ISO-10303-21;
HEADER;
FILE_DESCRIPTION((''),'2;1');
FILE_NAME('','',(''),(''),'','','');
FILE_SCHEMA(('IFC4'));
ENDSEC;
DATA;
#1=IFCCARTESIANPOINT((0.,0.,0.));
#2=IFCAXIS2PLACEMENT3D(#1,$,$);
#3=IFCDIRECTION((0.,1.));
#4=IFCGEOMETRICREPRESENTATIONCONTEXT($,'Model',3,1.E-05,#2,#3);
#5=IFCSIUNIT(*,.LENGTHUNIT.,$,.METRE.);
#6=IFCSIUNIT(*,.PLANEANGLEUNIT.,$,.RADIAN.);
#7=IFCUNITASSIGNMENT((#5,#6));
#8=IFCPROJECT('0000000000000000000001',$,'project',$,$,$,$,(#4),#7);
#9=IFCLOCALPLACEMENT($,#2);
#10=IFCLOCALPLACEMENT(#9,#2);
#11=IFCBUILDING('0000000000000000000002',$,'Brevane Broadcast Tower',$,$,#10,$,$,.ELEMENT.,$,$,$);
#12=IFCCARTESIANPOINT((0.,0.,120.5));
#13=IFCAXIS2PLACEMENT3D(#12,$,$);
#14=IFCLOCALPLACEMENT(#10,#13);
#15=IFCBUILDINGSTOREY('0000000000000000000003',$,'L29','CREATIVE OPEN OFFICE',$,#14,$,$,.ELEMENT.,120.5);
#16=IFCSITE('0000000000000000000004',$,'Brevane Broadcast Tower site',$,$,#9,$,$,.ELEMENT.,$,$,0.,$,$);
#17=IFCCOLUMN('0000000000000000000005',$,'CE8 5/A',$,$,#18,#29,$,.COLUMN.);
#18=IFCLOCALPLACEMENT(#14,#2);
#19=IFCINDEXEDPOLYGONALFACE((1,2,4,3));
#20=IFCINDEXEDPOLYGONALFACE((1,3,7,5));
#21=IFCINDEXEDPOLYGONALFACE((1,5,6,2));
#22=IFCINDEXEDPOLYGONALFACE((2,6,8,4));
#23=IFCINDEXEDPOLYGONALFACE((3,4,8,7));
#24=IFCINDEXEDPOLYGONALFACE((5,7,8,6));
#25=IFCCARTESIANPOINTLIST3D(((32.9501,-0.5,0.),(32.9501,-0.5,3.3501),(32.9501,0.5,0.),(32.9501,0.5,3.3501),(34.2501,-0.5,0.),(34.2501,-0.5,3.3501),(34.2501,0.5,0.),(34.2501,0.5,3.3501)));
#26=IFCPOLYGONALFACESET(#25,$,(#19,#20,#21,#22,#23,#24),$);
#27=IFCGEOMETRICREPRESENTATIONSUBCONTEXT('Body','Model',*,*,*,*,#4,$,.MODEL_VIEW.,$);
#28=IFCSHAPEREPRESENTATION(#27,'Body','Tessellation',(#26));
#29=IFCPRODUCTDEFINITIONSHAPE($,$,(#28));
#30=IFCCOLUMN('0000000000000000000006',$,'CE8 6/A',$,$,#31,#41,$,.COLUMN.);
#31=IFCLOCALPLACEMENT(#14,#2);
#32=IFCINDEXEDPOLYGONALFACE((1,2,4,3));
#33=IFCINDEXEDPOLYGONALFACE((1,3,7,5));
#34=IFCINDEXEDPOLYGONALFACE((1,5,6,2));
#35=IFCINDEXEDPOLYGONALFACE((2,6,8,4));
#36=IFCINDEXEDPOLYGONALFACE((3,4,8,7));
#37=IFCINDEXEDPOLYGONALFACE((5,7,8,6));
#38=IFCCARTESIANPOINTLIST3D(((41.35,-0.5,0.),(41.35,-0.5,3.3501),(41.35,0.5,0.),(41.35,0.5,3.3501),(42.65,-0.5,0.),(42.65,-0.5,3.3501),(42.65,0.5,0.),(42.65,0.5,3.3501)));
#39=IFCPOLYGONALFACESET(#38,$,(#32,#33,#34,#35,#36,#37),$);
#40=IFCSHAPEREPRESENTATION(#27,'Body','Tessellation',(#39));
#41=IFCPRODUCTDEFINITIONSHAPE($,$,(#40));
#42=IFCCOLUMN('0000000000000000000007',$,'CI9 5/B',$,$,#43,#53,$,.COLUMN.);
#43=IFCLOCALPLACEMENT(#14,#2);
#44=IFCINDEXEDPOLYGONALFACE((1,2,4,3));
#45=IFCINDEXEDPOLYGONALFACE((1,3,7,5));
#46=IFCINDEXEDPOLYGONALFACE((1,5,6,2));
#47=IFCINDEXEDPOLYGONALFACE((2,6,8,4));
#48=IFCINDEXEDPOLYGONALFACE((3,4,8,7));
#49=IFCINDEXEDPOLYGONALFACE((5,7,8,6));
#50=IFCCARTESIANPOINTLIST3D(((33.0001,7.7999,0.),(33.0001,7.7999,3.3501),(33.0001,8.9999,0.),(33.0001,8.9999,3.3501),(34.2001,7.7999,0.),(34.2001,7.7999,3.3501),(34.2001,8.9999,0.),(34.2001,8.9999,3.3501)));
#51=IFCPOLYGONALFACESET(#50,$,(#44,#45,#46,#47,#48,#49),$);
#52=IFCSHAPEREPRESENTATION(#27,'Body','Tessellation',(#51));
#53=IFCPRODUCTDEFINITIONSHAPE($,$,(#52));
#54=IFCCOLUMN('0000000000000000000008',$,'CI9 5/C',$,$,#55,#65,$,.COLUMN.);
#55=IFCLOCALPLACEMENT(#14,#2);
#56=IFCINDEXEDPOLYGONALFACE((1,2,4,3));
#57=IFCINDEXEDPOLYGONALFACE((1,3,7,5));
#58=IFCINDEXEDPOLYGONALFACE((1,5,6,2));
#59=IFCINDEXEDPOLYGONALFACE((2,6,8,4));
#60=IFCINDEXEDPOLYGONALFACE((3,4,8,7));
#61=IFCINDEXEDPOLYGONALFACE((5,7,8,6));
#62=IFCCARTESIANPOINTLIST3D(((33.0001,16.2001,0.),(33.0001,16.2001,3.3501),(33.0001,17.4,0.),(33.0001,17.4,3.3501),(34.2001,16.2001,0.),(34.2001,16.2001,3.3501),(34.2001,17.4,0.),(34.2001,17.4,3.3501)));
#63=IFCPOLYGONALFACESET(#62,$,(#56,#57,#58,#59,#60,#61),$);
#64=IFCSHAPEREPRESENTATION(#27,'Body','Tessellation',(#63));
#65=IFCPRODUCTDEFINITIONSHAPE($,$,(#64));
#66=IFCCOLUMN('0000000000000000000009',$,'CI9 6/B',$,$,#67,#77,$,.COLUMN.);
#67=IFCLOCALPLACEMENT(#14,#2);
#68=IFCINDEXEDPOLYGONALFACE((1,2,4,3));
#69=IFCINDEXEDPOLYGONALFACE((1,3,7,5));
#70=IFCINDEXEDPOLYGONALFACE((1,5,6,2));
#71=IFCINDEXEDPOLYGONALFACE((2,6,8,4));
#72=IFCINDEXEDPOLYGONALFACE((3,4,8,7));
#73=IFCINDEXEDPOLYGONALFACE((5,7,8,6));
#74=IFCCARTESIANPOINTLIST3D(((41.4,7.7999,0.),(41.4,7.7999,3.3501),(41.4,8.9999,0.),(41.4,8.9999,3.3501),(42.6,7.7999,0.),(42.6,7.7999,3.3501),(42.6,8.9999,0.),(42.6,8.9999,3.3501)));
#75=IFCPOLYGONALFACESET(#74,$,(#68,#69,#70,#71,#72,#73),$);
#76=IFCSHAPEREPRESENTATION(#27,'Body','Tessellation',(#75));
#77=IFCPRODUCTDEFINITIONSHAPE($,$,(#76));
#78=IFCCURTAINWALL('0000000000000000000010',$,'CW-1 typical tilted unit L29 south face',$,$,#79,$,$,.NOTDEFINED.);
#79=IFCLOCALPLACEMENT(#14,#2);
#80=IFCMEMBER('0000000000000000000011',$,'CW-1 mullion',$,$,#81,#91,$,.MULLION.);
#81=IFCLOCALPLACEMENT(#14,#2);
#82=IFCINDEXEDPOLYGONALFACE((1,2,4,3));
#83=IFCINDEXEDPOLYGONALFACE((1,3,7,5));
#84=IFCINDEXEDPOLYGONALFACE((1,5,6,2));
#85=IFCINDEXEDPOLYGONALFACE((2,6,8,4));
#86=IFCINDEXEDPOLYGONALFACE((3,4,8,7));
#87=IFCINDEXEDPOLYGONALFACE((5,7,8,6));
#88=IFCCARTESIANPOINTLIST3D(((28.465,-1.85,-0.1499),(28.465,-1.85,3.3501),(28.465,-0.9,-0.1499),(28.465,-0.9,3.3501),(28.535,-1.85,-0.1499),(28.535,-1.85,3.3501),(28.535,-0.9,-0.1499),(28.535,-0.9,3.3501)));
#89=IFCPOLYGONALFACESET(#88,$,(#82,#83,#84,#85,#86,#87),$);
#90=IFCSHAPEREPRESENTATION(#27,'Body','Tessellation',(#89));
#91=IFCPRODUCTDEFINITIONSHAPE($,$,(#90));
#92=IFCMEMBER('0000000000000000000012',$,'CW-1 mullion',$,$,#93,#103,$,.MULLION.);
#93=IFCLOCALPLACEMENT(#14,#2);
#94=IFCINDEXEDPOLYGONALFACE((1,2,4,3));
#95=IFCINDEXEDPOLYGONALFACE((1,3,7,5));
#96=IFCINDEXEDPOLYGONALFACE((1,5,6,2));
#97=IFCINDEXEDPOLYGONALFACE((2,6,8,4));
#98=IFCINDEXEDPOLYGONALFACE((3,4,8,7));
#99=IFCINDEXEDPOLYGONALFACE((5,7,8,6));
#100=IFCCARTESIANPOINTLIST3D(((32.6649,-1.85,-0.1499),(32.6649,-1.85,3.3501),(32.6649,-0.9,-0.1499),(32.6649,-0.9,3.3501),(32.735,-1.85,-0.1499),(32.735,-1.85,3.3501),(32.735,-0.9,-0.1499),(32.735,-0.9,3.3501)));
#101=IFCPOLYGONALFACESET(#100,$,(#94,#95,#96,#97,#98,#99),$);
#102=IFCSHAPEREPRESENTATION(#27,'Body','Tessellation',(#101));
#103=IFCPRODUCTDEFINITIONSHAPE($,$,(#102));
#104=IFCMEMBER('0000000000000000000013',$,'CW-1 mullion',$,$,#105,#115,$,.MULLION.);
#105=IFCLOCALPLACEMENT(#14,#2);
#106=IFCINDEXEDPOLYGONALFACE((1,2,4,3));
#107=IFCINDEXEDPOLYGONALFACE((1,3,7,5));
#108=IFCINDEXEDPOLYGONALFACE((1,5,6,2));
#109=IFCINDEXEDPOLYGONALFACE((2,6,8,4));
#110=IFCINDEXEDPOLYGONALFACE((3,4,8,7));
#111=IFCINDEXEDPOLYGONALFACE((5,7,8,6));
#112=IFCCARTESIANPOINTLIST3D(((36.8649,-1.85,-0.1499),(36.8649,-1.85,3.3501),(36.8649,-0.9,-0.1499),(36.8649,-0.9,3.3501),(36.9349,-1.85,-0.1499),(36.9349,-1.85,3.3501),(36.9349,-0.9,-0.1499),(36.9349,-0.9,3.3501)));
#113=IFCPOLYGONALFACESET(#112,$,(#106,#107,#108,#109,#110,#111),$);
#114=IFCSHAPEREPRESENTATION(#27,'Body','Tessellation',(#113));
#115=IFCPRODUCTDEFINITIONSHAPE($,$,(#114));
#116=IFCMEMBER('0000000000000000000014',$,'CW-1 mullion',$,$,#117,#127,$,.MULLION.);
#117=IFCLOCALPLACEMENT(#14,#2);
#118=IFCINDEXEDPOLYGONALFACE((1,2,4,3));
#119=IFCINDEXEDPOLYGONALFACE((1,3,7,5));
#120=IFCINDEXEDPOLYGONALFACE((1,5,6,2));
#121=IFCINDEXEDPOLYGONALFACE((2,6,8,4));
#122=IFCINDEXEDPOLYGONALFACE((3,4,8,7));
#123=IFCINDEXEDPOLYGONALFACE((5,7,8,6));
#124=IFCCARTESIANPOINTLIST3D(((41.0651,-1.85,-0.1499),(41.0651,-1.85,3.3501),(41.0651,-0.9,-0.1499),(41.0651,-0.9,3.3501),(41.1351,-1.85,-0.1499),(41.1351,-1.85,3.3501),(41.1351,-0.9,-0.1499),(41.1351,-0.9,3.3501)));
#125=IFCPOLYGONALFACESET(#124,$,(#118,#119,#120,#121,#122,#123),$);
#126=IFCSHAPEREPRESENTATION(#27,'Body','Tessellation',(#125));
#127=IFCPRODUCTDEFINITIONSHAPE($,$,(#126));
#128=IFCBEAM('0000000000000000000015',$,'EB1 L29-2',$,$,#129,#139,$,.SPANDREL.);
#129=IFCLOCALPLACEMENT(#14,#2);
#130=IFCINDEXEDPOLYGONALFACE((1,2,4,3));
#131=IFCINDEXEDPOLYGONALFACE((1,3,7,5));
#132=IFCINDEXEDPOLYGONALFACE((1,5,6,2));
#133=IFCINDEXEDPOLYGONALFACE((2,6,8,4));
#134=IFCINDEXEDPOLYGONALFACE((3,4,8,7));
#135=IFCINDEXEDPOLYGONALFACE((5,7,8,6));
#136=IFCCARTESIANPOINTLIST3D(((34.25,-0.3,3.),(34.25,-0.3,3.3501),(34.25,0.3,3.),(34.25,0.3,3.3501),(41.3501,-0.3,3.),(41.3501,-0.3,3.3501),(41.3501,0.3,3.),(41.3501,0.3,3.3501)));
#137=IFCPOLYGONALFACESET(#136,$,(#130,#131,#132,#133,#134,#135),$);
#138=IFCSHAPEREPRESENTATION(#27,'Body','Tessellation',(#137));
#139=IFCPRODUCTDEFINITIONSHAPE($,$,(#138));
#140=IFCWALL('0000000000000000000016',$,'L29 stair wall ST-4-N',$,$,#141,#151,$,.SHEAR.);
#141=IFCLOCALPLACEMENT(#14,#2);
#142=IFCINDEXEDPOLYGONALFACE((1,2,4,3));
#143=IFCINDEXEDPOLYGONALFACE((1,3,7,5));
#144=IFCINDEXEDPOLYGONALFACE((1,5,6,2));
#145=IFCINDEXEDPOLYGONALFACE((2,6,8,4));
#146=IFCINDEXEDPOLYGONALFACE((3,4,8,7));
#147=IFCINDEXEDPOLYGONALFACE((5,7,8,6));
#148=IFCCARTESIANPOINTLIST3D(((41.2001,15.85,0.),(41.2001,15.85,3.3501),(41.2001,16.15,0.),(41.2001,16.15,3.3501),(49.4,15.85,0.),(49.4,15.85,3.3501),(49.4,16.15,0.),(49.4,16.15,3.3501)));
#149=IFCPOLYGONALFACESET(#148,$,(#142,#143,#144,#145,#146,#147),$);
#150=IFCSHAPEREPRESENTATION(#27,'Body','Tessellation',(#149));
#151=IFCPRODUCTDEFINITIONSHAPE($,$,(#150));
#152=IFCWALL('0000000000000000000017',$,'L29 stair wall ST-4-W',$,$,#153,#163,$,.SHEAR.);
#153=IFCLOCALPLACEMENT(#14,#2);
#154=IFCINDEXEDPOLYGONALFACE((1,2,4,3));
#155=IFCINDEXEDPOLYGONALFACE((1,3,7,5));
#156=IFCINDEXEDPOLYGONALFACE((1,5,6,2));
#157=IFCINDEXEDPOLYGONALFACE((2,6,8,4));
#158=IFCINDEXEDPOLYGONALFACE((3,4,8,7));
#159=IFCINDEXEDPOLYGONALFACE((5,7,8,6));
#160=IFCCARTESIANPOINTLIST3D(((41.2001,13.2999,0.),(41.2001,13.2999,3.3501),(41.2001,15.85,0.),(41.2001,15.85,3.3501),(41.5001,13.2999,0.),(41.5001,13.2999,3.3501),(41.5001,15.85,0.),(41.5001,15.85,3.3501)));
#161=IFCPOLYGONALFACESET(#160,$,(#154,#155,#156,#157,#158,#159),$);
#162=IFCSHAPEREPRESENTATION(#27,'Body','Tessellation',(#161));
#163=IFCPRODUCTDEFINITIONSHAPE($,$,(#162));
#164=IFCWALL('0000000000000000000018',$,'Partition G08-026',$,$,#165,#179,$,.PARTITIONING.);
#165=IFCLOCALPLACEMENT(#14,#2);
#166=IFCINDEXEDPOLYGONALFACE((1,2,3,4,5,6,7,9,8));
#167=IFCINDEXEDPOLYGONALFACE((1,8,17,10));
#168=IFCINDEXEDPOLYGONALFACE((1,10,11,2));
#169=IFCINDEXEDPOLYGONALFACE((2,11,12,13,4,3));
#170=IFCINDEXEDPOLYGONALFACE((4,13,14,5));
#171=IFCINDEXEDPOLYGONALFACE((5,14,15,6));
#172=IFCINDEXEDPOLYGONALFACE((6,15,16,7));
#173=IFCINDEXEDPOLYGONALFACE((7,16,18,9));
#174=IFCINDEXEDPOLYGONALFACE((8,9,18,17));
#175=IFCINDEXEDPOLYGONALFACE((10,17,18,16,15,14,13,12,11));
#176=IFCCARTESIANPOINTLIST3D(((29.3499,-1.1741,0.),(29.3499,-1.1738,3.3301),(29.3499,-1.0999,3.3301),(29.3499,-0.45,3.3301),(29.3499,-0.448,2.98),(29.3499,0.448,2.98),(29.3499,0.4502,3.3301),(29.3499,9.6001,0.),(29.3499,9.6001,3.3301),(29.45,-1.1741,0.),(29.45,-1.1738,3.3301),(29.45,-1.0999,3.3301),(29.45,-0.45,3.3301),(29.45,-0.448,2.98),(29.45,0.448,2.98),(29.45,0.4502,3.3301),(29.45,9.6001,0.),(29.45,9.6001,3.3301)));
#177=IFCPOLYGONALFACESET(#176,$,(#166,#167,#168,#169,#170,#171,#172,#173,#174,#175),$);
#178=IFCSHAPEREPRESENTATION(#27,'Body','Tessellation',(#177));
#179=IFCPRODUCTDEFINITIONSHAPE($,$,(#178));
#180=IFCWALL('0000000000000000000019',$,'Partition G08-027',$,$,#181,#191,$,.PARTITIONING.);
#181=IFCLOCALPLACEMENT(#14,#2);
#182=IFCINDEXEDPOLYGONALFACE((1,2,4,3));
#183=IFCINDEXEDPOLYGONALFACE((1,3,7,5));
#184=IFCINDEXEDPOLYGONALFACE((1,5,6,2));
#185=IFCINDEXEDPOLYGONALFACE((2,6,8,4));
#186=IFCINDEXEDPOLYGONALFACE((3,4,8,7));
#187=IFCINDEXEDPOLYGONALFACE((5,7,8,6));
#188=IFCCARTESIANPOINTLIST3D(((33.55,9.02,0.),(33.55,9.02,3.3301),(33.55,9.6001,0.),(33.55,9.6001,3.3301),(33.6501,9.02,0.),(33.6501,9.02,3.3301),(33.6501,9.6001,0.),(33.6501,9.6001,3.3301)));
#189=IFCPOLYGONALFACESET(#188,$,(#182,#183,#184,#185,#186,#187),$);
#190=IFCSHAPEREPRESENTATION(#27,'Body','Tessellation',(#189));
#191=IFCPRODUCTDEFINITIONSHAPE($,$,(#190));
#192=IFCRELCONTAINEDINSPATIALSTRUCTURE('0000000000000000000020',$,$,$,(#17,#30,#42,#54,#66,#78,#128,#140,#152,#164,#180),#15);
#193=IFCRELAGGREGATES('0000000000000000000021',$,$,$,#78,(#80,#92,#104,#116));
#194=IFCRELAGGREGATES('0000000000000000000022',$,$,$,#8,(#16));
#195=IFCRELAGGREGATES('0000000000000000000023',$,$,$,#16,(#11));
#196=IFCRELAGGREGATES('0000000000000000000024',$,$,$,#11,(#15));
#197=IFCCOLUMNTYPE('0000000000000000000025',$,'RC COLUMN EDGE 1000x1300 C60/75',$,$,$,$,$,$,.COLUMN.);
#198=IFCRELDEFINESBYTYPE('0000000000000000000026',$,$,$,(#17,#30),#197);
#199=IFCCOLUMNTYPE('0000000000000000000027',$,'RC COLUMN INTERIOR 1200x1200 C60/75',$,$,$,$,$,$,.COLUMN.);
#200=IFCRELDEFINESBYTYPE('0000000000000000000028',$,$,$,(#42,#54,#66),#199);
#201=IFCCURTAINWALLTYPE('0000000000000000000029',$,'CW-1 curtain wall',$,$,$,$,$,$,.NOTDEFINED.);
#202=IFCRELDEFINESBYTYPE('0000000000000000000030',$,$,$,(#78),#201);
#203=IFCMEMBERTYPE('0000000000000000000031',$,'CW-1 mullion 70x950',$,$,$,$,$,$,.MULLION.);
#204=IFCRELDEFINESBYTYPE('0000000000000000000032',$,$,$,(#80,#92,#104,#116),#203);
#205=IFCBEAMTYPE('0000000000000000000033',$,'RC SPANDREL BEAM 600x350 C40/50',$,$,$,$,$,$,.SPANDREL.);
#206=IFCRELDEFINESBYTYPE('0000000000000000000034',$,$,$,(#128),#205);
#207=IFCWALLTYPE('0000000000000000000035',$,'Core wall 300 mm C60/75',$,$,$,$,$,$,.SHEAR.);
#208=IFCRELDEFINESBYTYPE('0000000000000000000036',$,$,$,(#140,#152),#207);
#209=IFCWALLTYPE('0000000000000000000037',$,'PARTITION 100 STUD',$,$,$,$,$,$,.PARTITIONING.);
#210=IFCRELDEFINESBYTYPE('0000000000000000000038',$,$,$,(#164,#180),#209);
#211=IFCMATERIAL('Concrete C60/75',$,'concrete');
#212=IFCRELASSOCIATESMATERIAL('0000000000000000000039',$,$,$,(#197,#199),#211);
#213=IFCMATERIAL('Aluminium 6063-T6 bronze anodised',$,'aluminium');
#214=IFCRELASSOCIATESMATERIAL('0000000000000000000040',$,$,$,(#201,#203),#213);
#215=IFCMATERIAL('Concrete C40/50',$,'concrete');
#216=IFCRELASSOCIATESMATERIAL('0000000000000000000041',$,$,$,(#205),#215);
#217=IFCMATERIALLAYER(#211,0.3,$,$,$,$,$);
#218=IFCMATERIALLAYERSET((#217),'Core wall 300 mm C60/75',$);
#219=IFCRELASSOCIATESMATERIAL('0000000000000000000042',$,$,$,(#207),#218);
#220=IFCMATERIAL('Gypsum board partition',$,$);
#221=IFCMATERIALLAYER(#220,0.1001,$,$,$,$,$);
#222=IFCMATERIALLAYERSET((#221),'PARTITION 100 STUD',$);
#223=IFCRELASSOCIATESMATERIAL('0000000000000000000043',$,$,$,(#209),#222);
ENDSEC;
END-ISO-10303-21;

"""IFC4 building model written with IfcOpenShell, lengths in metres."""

from ifc_helpers import new_model, si_unit, direction, frame, frame_2d, origin, origin_2d, place, context, subcontext, project, spatial, polyline, rectangle, outline, extrude, material, layer, layer_set, material_profile, profile_set, type_object, element, aggregate, save


model = new_model("IFC4")

# Units and contexts
model_context = context("Model", 3, precision=1e-05, world=origin(), true_north=direction((0.0, 1.0)))
body_context = subcontext(model_context, "Body", "Model", "MODEL_VIEW")
ifc_project = project(units=[si_unit("LENGTHUNIT", "METRE"), si_unit("PLANEANGLEUNIT", "RADIAN")], contexts=[model_context])

# Site, building, storey
site_placement = place(None, origin())
site = spatial("IfcSite", under=ifc_project, at=site_placement, Name="Brevane Broadcast Tower site", CompositionType="ELEMENT", RefElevation=0.0)
building_placement = place(site_placement, origin())
building = spatial("IfcBuilding", under=site, at=building_placement, Name="Brevane Broadcast Tower", CompositionType="ELEMENT")
storey_placement = place(building_placement, frame((0.0, 0.0, 120.5)))
storey = spatial("IfcBuildingStorey", under=building, at=storey_placement, Name="L29", Description="CREATIVE OPEN OFFICE", CompositionType="ELEMENT", Elevation=120.5)

# Columns
ifc_material_1 = material(Name="Concrete C60/75", Category="concrete")
ifc_material_profile_1 = material_profile(ifc_material_1, rectangle(XDim=1.0, YDim=1.3, at=origin_2d()), Name="RC 1000x1300")
ifc_profile_set_1 = profile_set([ifc_material_profile_1], Name="Concrete C60/75")
column_type_1 = type_object("IfcColumnType", Name="RC COLUMN EDGE 1000x1300 C60/75", PredefinedType="COLUMN", material=ifc_profile_set_1)
for number, where, z_axis, x_axis, name in (
    (1, (33.6001, 0.0, 0.0), (0.0, 0.0, 1.0), (0.0, 1.0, 0.0), "CE8 5/A"),
    (2, (42.0, 0.0, 0.0), (0.0, 0.0, 1.0), (0.0, 1.0, 0.0), "CE8 6/A"),
):
    element("IfcColumn", number, at=place(storey_placement, frame(where, z_axis=z_axis, x_axis=x_axis)), inside=storey, type_object=column_type_1, Name=name, PredefinedType="COLUMN", context=body_context, shape_type="SweptSolid", body=[
        extrude(rectangle(XDim=1.0, YDim=1.3, at=origin_2d()), origin(), (0.0, 0.0, 1.0), 3.3501),
    ])
ifc_material_profile_2 = material_profile(ifc_material_1, rectangle(XDim=1.2, YDim=1.2, at=origin_2d()), Name="RC 1200x1200")
ifc_profile_set_2 = profile_set([ifc_material_profile_2], Name="Concrete C60/75")
column_type_2 = type_object("IfcColumnType", Name="RC COLUMN INTERIOR 1200x1200 C60/75", PredefinedType="COLUMN", material=ifc_profile_set_2)
for number, where, z_axis, x_axis, name in (
    (3, (33.6001, 8.3999, 0.0), (0.0, 0.0, 1.0), (1.0, 0.0, 0.0), "CI9 5/B"),
    (4, (33.6001, 16.8, 0.0), (0.0, 0.0, 1.0), (1.0, 0.0, 0.0), "CI9 5/C"),
    (5, (42.0, 8.3999, 0.0), (0.0, 0.0, 1.0), (1.0, 0.0, 0.0), "CI9 6/B"),
):
    element("IfcColumn", number, at=place(storey_placement, frame(where, z_axis=z_axis, x_axis=x_axis)), inside=storey, type_object=column_type_2, Name=name, PredefinedType="COLUMN", context=body_context, shape_type="SweptSolid", body=[
        extrude(rectangle(XDim=1.2, YDim=1.2, at=origin_2d()), origin(), (0.0, 0.0, 1.0), 3.3501),
    ])

# Curtain wall, members
ifc_material_2 = material(Name="Aluminium 6063-T6 bronze anodised", Category="aluminium")
curtain_wall_type = type_object("IfcCurtainWallType", Name="CW-1 curtain wall", PredefinedType="NOTDEFINED", material=ifc_material_2)
curtain_wall_placement = place(storey_placement, origin())
curtain_wall = element("IfcCurtainWall", 6, at=curtain_wall_placement, inside=storey, type_object=curtain_wall_type, Name="CW-1 typical tilted unit L29 south face", PredefinedType="NOTDEFINED")
ifc_material_profile_3 = material_profile(ifc_material_2, rectangle(XDim=0.95, YDim=0.0701, at=origin_2d()), Name="RECT 70x950")
ifc_profile_set_3 = profile_set([ifc_material_profile_3], Name="Aluminium 6063-T6 bronze anodised")
member_type = type_object("IfcMemberType", Name="CW-1 mullion 70x950", PredefinedType="MULLION", material=ifc_profile_set_3)
member_1_placement = place(storey_placement, frame((28.5, -1.375, -0.1499), z_axis=(0.0, 0.0, 1.0), x_axis=(0.0, 1.0, 0.0)))
member_1 = element("IfcMember", 7, at=member_1_placement, type_object=member_type, Name="CW-1 mullion", PredefinedType="MULLION", context=body_context, shape_type="SweptSolid", body=[
    extrude(rectangle(XDim=0.95, YDim=0.0701, at=origin_2d()), origin(), (0.0, 0.0, 1.0), 3.5),
])
member_2_placement = place(storey_placement, frame((32.7, -1.375, -0.1499), z_axis=(0.0, 0.0, 1.0), x_axis=(0.0, 1.0, 0.0)))
member_2 = element("IfcMember", 8, at=member_2_placement, type_object=member_type, Name="CW-1 mullion", PredefinedType="MULLION", context=body_context, shape_type="SweptSolid", body=[
    extrude(rectangle(XDim=0.95, YDim=0.0701, at=origin_2d()), origin(), (0.0, 0.0, 1.0), 3.5),
])
member_3_placement = place(storey_placement, frame((36.8999, -1.375, -0.1499), z_axis=(0.0, 0.0, 1.0), x_axis=(0.0, 1.0, 0.0)))
member_3 = element("IfcMember", 9, at=member_3_placement, type_object=member_type, Name="CW-1 mullion", PredefinedType="MULLION", context=body_context, shape_type="SweptSolid", body=[
    extrude(rectangle(XDim=0.95, YDim=0.0701, at=origin_2d()), origin(), (0.0, 0.0, 1.0), 3.5),
])
member_4_placement = place(storey_placement, frame((41.1001, -1.375, -0.1499), z_axis=(0.0, 0.0, 1.0), x_axis=(0.0, 1.0, 0.0)))
member_4 = element("IfcMember", 10, at=member_4_placement, type_object=member_type, Name="CW-1 mullion", PredefinedType="MULLION", context=body_context, shape_type="SweptSolid", body=[
    extrude(rectangle(XDim=0.95, YDim=0.0701, at=origin_2d()), origin(), (0.0, 0.0, 1.0), 3.5),
])
aggregate(curtain_wall, [member_1, member_2, member_3, member_4])

# Beam
ifc_material_3 = material(Name="Concrete C40/50", Category="concrete")
ifc_material_profile_4 = material_profile(ifc_material_3, rectangle(XDim=0.6001, YDim=0.3501, at=origin_2d()), Name="RC 600x350")
ifc_profile_set_4 = profile_set([ifc_material_profile_4], Name="Concrete C40/50")
beam_type = type_object("IfcBeamType", Name="RC SPANDREL BEAM 600x350 C40/50", PredefinedType="SPANDREL", material=ifc_profile_set_4)
beam_placement = place(storey_placement, frame((34.25, 0.0, 3.175), z_axis=(1.0, 0.0, 0.0), x_axis=(0.0, 1.0, 0.0)))
element("IfcBeam", 11, at=beam_placement, inside=storey, type_object=beam_type, Name="EB1 L29-2", PredefinedType="SPANDREL", context=body_context, shape_type="SweptSolid", body=[
    extrude(rectangle(XDim=0.6001, YDim=0.3501, at=origin_2d()), origin(), (0.0, 0.0, 1.0), 7.1001),
])

# Walls
ifc_layer_1 = layer(ifc_material_1, 0.3)
ifc_layer_set_1 = layer_set([ifc_layer_1], Name="Core wall 300 mm C60/75")
wall_type_1 = type_object("IfcWallType", Name="Core wall 300 mm C60/75", PredefinedType="SHEAR", material=ifc_layer_set_1)
wall_1_placement = place(storey_placement, frame((41.2, 16.0, 0.0), z_axis=(0.0, 0.0, 1.0), x_axis=(1.0, 0.0, 0.0)))
element("IfcWall", 12, at=wall_1_placement, inside=storey, type_object=wall_type_1, Name="L29 stair wall ST-4-N", PredefinedType="SHEAR", context=body_context, shape_type="SweptSolid", body=[
    extrude(rectangle(XDim=8.2, YDim=0.3, at=frame_2d((4.1001, 0.0))), origin(), (0.0, 0.0, 1.0), 3.3501),
])
wall_2_placement = place(storey_placement, frame((41.3501, 13.3, 0.0), z_axis=(0.0, 0.0, 1.0), x_axis=(0.0, 1.0, 0.0)))
element("IfcWall", 13, at=wall_2_placement, inside=storey, type_object=wall_type_1, Name="L29 stair wall ST-4-W", PredefinedType="SHEAR", context=body_context, shape_type="SweptSolid", body=[
    extrude(rectangle(XDim=2.55, YDim=0.3, at=frame_2d((1.2749, 0.0))), origin(), (0.0, 0.0, 1.0), 3.3501),
])
ifc_material_4 = material(Name="Gypsum board partition")
ifc_layer_2 = layer(ifc_material_4, 0.1001)
ifc_layer_set_2 = layer_set([ifc_layer_2], Name="PARTITION 100 STUD")
wall_type_2 = type_object("IfcWallType", Name="PARTITION 100 STUD", PredefinedType="PARTITIONING", material=ifc_layer_set_2)
wall_3_placement = place(storey_placement, frame((29.3999, 9.6001, 0.0), z_axis=(0.0, 0.0, 1.0), x_axis=(0.0, -1.0, 0.0)))
element("IfcWall", 14, at=wall_3_placement, inside=storey, type_object=wall_type_2, Name="Partition G08-026", PredefinedType="PARTITIONING", context=body_context, shape_type="SweptSolid", body=[
    extrude(outline(polyline([(0.0, 0.0), (10.7742, 0.0), (10.7739, 3.3301), (10.7, 3.3301), (10.05, 3.3301), (10.0481, 2.98), (9.1521, 2.98), (9.1499, 3.3301), (0.0, 3.3301), (0.0, 0.0)])), frame((0.0, 0.05, 0.0), z_axis=(0.0, -1.0, 0.0), x_axis=(1.0, 0.0, 0.0)), (0.0, 0.0, 1.0), 0.1001),
])
wall_4_placement = place(storey_placement, frame((33.6001, 9.6001, 0.0), z_axis=(0.0, 0.0, 1.0), x_axis=(0.0, -1.0, 0.0)))
element("IfcWall", 15, at=wall_4_placement, inside=storey, type_object=wall_type_2, Name="Partition G08-027", PredefinedType="PARTITIONING", context=body_context, shape_type="SweptSolid", body=[
    extrude(rectangle(XDim=0.5801, YDim=0.1001, at=frame_2d((0.29, 0.0))), origin(), (0.0, 0.0, 1.0), 3.3301),
])

save(model, "model.ifc")
